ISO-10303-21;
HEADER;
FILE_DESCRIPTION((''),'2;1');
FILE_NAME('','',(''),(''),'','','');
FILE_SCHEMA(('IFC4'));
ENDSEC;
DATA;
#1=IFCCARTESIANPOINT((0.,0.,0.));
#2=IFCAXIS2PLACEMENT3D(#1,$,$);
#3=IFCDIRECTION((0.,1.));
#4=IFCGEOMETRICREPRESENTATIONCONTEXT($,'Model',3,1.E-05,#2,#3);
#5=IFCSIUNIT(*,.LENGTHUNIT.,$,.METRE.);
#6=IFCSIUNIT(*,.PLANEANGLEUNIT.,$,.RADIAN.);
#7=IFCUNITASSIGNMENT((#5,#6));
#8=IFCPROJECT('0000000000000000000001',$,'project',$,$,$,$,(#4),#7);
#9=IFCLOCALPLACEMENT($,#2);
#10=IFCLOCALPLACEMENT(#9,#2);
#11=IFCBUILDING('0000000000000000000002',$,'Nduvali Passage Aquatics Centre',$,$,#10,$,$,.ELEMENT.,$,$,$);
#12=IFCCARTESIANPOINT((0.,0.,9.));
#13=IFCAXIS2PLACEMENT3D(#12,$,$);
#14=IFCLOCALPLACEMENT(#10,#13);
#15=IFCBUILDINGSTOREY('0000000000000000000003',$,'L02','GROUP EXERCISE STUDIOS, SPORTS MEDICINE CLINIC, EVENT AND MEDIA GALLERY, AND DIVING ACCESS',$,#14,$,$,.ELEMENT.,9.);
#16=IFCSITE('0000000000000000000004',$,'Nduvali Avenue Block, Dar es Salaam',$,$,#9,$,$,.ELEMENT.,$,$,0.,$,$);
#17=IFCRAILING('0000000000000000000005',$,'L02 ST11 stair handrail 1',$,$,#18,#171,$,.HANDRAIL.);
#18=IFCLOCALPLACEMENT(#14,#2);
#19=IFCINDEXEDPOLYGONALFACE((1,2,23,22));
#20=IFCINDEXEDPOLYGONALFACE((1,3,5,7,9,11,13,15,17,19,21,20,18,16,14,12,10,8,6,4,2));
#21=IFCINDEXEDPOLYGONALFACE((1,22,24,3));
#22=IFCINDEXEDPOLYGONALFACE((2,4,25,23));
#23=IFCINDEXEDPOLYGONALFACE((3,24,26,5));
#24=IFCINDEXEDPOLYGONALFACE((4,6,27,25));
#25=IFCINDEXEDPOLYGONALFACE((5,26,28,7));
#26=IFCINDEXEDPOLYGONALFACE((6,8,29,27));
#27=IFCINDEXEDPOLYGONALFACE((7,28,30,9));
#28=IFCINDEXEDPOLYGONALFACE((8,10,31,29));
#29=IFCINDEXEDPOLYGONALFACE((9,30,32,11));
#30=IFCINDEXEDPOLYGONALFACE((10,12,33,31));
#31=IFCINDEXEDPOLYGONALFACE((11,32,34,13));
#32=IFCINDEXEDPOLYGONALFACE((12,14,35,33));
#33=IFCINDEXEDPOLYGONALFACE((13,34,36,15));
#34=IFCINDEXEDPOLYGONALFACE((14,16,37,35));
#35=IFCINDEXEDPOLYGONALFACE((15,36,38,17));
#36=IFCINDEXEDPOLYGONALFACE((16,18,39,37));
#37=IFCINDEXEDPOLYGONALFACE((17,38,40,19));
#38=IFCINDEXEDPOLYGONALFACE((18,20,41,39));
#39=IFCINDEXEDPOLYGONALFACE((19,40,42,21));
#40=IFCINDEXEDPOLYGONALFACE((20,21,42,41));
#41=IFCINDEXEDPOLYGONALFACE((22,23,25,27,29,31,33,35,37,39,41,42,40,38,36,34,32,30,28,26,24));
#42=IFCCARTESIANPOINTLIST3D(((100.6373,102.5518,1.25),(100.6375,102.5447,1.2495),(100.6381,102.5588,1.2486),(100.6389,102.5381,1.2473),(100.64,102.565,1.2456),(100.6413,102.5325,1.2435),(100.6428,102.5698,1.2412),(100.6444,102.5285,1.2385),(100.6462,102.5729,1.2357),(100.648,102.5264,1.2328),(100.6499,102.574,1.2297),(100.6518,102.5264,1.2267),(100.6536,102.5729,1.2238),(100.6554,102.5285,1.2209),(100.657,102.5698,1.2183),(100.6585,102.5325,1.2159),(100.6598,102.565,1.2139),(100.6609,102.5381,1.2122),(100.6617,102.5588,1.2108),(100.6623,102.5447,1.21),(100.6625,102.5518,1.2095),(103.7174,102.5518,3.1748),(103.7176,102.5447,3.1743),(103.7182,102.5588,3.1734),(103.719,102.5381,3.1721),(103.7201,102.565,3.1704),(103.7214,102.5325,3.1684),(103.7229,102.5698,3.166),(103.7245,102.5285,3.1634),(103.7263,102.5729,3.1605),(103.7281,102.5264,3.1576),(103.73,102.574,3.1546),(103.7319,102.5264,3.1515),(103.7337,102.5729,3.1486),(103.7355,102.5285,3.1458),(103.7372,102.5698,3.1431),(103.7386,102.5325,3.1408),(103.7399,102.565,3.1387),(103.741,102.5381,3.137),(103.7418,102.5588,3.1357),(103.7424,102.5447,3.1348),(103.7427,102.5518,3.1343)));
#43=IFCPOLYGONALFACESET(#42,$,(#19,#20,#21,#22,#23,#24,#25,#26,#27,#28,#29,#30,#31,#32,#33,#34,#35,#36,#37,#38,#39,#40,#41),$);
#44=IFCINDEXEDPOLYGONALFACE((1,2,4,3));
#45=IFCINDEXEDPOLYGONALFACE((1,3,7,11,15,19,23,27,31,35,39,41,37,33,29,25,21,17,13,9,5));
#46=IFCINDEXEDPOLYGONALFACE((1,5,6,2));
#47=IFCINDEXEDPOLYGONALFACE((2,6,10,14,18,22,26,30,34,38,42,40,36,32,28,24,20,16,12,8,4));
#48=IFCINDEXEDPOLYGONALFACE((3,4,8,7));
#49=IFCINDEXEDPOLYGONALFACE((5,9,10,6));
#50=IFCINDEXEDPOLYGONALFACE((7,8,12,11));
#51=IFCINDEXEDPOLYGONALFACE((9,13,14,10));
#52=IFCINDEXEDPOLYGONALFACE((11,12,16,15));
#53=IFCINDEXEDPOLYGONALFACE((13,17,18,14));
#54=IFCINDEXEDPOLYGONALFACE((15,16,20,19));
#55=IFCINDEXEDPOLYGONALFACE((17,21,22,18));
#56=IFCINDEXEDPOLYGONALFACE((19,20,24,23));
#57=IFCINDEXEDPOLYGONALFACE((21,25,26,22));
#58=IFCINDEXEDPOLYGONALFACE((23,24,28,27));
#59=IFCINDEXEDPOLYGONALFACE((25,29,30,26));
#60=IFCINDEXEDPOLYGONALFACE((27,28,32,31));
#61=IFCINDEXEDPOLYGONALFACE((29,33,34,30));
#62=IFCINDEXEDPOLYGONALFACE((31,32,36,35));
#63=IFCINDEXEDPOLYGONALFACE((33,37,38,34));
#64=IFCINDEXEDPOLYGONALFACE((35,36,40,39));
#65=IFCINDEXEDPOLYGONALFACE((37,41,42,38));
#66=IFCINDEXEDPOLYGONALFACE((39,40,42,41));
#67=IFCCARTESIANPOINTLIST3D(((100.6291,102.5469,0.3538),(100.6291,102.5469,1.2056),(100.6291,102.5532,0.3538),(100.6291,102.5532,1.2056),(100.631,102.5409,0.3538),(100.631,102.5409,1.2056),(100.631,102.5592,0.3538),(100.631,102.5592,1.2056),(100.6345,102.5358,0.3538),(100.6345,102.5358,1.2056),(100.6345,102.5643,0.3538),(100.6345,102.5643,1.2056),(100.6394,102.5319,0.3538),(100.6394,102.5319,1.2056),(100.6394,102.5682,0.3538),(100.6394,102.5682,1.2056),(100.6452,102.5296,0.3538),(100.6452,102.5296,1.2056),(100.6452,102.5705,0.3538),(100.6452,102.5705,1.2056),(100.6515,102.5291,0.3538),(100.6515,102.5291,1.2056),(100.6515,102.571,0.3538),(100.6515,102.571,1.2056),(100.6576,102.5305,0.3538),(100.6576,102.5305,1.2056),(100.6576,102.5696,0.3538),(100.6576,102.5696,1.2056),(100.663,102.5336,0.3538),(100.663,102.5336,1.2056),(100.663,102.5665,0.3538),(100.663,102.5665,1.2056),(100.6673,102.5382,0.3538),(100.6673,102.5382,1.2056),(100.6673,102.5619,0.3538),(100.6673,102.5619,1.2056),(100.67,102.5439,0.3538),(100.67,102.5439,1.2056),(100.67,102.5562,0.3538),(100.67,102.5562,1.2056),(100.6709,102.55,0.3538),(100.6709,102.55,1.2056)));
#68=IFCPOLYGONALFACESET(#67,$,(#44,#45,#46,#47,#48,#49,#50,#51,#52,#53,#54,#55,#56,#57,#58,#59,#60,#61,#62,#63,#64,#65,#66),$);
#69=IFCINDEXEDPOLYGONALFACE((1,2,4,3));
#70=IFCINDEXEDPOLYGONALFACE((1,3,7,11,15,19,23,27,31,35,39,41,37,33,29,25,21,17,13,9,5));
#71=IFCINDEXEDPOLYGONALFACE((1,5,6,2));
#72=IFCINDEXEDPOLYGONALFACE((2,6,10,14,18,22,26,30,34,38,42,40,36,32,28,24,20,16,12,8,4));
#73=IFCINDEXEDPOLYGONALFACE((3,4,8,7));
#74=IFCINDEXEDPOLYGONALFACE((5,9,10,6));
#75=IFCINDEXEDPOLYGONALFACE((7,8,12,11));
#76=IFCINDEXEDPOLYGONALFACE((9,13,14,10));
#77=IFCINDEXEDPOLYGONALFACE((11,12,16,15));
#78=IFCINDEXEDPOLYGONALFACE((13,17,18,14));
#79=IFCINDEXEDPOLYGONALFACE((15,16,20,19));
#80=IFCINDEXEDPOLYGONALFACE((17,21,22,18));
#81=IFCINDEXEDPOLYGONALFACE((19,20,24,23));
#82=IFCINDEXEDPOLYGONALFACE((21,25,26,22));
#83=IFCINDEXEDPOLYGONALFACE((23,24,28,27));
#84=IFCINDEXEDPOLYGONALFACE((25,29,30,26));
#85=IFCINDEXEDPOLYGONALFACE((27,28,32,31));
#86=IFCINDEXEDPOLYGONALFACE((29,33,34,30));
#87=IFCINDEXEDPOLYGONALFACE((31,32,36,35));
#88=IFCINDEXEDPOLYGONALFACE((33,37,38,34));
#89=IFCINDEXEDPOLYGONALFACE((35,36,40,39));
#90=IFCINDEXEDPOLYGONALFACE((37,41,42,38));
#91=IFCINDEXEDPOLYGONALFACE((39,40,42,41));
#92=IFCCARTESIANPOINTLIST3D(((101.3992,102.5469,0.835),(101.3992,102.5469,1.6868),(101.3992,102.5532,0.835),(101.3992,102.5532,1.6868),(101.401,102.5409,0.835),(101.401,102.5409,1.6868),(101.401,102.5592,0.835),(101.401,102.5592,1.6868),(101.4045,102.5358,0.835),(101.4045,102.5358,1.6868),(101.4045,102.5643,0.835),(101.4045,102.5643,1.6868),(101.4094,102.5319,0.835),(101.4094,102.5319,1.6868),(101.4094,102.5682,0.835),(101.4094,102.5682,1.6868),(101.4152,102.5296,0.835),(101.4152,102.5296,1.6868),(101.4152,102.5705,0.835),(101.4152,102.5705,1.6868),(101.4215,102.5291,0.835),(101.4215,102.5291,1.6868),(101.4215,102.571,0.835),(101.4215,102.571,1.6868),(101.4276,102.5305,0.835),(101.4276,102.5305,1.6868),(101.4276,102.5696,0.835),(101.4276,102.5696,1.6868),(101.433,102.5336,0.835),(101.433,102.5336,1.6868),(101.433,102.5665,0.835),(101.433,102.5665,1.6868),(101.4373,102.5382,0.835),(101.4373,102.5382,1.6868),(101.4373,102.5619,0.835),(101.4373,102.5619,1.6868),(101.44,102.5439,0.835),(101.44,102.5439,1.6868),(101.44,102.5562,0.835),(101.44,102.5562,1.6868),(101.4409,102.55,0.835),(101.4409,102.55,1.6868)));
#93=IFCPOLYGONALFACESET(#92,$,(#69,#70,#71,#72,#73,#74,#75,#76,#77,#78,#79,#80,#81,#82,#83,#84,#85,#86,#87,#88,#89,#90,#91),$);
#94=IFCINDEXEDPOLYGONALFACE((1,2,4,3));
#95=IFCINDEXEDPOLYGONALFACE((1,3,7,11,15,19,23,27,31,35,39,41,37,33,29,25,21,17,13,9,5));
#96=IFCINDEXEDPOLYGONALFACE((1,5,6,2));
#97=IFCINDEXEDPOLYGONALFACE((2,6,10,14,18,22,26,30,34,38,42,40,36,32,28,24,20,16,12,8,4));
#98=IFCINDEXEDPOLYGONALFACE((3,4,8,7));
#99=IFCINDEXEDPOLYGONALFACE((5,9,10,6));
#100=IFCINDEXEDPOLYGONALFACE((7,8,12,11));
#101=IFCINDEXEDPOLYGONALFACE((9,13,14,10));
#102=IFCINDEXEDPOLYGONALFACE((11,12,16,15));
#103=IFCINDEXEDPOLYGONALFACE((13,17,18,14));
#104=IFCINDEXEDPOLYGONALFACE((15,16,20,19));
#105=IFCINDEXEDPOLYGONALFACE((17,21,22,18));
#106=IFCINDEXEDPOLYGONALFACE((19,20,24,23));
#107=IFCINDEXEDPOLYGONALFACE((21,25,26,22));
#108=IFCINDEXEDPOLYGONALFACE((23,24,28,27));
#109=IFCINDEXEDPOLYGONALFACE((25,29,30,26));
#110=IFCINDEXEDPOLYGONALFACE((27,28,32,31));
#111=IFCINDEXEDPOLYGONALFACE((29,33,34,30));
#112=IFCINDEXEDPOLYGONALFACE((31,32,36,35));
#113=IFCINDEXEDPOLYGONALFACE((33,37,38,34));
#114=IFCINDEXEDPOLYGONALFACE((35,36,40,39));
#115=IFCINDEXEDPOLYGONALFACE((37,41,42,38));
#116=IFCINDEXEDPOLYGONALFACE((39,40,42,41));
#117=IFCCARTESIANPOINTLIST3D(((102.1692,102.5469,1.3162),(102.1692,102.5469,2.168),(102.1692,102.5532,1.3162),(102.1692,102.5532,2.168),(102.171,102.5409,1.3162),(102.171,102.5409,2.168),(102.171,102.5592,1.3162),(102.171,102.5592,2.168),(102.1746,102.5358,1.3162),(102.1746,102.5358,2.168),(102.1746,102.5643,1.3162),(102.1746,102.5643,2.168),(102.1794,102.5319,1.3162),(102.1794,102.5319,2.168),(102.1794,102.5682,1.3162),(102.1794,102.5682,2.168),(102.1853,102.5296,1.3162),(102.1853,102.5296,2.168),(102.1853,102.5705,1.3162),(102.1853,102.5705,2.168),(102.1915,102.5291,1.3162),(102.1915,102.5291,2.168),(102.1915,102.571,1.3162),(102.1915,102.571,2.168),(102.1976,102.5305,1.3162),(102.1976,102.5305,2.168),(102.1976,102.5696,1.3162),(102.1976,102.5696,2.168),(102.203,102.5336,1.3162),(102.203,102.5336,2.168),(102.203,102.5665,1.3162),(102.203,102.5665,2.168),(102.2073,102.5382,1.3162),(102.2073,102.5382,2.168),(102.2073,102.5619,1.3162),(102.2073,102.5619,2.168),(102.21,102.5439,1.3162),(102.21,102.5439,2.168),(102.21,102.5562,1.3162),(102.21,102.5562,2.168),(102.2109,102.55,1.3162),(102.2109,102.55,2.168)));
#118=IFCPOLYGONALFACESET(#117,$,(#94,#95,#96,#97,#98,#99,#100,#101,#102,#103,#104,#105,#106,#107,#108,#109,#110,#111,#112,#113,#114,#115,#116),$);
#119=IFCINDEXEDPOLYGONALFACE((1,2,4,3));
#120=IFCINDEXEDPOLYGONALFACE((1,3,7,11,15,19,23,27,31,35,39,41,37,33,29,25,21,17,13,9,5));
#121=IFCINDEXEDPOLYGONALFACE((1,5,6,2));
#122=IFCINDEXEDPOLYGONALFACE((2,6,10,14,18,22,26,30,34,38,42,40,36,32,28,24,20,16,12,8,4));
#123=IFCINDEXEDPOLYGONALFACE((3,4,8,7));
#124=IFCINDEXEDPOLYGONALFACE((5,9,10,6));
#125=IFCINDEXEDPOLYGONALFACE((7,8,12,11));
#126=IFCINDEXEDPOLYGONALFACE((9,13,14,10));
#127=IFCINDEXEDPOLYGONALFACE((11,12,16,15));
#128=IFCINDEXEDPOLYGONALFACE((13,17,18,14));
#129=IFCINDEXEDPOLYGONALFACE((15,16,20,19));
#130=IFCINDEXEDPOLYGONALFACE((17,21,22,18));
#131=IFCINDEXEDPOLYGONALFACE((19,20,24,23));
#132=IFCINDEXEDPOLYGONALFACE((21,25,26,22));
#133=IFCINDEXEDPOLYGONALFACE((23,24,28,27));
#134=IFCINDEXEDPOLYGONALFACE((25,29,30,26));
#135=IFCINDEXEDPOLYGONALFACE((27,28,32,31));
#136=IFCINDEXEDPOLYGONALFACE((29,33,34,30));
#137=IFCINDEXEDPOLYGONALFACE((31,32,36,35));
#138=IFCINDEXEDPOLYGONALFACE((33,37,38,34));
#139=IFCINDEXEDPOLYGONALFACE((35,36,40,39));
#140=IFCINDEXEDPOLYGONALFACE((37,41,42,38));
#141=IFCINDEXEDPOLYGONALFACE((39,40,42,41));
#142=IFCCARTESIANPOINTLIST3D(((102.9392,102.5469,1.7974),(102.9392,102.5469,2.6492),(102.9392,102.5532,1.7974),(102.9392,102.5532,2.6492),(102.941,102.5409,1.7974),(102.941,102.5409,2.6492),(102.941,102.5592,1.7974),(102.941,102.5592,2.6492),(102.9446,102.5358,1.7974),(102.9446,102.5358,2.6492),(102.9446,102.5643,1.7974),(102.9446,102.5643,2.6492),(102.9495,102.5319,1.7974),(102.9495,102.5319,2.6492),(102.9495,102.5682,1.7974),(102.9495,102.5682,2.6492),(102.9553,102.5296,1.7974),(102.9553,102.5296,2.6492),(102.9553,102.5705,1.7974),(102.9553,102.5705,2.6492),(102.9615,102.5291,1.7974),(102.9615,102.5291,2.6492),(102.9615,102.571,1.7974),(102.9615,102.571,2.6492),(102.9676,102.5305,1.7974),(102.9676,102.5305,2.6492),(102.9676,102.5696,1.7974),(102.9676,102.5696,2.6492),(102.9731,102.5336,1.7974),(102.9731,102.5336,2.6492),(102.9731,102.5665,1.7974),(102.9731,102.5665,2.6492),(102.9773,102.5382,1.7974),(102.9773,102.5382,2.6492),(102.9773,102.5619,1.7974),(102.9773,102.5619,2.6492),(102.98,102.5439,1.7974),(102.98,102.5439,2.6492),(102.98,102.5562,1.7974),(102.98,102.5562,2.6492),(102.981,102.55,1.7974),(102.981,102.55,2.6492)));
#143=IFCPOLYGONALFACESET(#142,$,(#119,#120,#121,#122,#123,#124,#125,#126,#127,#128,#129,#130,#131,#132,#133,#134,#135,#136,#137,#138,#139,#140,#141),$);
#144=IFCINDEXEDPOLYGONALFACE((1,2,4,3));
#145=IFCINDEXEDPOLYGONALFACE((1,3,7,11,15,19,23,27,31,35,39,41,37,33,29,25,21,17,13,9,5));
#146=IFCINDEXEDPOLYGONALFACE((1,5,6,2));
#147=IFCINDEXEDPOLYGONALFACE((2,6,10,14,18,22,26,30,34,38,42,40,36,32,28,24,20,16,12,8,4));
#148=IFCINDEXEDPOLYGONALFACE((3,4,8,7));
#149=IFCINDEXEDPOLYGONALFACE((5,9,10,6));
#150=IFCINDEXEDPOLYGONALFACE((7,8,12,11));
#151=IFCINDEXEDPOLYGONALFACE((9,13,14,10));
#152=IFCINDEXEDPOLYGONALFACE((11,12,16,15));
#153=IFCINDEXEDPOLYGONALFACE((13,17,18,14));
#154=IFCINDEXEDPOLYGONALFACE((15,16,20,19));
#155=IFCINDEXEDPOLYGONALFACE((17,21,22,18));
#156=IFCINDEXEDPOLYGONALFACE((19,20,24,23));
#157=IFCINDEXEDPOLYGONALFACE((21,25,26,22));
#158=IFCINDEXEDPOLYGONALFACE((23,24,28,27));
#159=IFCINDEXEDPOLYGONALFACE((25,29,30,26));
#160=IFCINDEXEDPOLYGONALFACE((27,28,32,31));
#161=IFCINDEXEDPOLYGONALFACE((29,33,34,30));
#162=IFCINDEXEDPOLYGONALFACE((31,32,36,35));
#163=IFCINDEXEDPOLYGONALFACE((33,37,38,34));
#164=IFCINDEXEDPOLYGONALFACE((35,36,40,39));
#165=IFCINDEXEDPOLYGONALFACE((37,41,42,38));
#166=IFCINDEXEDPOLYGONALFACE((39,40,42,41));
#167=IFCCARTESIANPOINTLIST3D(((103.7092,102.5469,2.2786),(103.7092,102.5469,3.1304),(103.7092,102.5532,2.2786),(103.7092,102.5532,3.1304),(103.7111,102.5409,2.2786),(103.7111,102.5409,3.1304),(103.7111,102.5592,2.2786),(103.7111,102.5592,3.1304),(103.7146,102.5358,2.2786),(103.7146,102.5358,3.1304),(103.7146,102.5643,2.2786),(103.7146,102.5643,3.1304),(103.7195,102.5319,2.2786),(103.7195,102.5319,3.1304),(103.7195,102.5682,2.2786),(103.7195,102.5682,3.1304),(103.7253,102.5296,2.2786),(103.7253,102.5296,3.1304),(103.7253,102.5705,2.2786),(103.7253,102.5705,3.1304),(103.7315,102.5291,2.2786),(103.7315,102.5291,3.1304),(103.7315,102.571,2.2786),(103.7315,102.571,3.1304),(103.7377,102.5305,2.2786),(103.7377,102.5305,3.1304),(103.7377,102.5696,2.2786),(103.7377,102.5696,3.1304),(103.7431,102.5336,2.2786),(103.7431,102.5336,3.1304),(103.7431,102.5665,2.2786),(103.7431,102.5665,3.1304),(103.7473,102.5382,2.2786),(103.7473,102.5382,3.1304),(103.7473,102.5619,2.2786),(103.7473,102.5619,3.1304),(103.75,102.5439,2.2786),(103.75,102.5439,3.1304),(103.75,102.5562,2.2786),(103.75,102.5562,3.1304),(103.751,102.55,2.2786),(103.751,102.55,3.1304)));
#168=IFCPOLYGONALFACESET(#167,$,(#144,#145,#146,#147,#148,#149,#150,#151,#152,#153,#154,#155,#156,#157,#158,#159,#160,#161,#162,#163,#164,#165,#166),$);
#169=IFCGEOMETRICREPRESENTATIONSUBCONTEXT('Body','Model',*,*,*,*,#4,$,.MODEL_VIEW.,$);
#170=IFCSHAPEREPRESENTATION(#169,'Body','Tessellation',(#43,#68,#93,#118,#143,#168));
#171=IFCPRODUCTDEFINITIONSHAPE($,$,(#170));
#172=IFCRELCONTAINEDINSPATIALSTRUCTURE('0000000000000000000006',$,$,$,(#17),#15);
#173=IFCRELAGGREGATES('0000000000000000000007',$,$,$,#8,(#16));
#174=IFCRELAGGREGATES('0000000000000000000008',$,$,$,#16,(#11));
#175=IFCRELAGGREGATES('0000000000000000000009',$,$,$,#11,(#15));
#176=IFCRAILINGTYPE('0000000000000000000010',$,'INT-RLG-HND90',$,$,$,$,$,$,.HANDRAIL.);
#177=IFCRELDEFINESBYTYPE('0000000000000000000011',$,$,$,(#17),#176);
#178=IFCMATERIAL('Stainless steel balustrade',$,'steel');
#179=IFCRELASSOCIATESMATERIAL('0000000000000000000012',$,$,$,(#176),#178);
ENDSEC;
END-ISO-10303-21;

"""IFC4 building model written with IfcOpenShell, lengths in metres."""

from ifc_helpers import new_model, si_unit, direction, frame, origin, origin_2d, place, context, subcontext, project, spatial, circle, extrude, material, type_object, element, save


model = new_model("IFC4")

# Units and contexts
model_context = context("Model", 3, precision=1e-05, world=origin(), true_north=direction((0.0, 1.0)))
body_context = subcontext(model_context, "Body", "Model", "MODEL_VIEW")
ifc_project = project(units=[si_unit("LENGTHUNIT", "METRE"), si_unit("PLANEANGLEUNIT", "RADIAN")], contexts=[model_context])

# Site, building, storey
site_placement = place(None, origin())
site = spatial("IfcSite", under=ifc_project, at=site_placement, Name="Nduvali Avenue Block, Dar es Salaam", CompositionType="ELEMENT", RefElevation=0.0)
building_placement = place(site_placement, origin())
building = spatial("IfcBuilding", under=site, at=building_placement, Name="Nduvali Passage Aquatics Centre", CompositionType="ELEMENT")
storey_placement = place(building_placement, frame((0.0, 0.0, 9.0)))
storey = spatial("IfcBuildingStorey", under=building, at=storey_placement, Name="L02", Description="GROUP EXERCISE STUDIOS, SPORTS MEDICINE CLINIC, EVENT AND MEDIA GALLERY, AND DIVING ACCESS", CompositionType="ELEMENT", Elevation=9.0)

# Railing
ifc_material_1 = material(Name="Stainless steel balustrade", Category="steel")
railing_type_1 = type_object("IfcRailingType", Name="INT-RLG-HND90", PredefinedType="HANDRAIL", material=ifc_material_1)
railing_1_placement = place(storey_placement, frame((100.6499, 102.55, 0.3538)))
element("IfcRailing", 1, at=railing_1_placement, inside=storey, type_object=railing_type_1, Name="L02 ST11 stair handrail 1", PredefinedType="HANDRAIL", context=body_context, shape_type="SweptSolid", body=[
    extrude(circle(Radius=0.0239, at=origin_2d()), frame((0.0, 0.0, 0.876), z_axis=(0.848029, 0.0, 0.529951), x_axis=(0.0, 1.0, 0.0)), (0.0, 0.0, 1.0), 3.6321),
    extrude(circle(Radius=0.021, at=origin_2d()), origin(), (0.0, 0.0, 1.0), 0.8518),
    extrude(circle(Radius=0.021, at=origin_2d()), frame((0.77, 0.0, 0.4812)), (0.0, 0.0, 1.0), 0.8518),
    extrude(circle(Radius=0.021, at=origin_2d()), frame((1.54, 0.0, 0.9624)), (0.0, 0.0, 1.0), 0.8518),
    extrude(circle(Radius=0.021, at=origin_2d()), frame((2.3101, 0.0, 1.4436)), (0.0, 0.0, 1.0), 0.8518),
    extrude(circle(Radius=0.021, at=origin_2d()), frame((3.0801, 0.0, 1.9248)), (0.0, 0.0, 1.0), 0.8518),
])

save(model, "model.ifc")
